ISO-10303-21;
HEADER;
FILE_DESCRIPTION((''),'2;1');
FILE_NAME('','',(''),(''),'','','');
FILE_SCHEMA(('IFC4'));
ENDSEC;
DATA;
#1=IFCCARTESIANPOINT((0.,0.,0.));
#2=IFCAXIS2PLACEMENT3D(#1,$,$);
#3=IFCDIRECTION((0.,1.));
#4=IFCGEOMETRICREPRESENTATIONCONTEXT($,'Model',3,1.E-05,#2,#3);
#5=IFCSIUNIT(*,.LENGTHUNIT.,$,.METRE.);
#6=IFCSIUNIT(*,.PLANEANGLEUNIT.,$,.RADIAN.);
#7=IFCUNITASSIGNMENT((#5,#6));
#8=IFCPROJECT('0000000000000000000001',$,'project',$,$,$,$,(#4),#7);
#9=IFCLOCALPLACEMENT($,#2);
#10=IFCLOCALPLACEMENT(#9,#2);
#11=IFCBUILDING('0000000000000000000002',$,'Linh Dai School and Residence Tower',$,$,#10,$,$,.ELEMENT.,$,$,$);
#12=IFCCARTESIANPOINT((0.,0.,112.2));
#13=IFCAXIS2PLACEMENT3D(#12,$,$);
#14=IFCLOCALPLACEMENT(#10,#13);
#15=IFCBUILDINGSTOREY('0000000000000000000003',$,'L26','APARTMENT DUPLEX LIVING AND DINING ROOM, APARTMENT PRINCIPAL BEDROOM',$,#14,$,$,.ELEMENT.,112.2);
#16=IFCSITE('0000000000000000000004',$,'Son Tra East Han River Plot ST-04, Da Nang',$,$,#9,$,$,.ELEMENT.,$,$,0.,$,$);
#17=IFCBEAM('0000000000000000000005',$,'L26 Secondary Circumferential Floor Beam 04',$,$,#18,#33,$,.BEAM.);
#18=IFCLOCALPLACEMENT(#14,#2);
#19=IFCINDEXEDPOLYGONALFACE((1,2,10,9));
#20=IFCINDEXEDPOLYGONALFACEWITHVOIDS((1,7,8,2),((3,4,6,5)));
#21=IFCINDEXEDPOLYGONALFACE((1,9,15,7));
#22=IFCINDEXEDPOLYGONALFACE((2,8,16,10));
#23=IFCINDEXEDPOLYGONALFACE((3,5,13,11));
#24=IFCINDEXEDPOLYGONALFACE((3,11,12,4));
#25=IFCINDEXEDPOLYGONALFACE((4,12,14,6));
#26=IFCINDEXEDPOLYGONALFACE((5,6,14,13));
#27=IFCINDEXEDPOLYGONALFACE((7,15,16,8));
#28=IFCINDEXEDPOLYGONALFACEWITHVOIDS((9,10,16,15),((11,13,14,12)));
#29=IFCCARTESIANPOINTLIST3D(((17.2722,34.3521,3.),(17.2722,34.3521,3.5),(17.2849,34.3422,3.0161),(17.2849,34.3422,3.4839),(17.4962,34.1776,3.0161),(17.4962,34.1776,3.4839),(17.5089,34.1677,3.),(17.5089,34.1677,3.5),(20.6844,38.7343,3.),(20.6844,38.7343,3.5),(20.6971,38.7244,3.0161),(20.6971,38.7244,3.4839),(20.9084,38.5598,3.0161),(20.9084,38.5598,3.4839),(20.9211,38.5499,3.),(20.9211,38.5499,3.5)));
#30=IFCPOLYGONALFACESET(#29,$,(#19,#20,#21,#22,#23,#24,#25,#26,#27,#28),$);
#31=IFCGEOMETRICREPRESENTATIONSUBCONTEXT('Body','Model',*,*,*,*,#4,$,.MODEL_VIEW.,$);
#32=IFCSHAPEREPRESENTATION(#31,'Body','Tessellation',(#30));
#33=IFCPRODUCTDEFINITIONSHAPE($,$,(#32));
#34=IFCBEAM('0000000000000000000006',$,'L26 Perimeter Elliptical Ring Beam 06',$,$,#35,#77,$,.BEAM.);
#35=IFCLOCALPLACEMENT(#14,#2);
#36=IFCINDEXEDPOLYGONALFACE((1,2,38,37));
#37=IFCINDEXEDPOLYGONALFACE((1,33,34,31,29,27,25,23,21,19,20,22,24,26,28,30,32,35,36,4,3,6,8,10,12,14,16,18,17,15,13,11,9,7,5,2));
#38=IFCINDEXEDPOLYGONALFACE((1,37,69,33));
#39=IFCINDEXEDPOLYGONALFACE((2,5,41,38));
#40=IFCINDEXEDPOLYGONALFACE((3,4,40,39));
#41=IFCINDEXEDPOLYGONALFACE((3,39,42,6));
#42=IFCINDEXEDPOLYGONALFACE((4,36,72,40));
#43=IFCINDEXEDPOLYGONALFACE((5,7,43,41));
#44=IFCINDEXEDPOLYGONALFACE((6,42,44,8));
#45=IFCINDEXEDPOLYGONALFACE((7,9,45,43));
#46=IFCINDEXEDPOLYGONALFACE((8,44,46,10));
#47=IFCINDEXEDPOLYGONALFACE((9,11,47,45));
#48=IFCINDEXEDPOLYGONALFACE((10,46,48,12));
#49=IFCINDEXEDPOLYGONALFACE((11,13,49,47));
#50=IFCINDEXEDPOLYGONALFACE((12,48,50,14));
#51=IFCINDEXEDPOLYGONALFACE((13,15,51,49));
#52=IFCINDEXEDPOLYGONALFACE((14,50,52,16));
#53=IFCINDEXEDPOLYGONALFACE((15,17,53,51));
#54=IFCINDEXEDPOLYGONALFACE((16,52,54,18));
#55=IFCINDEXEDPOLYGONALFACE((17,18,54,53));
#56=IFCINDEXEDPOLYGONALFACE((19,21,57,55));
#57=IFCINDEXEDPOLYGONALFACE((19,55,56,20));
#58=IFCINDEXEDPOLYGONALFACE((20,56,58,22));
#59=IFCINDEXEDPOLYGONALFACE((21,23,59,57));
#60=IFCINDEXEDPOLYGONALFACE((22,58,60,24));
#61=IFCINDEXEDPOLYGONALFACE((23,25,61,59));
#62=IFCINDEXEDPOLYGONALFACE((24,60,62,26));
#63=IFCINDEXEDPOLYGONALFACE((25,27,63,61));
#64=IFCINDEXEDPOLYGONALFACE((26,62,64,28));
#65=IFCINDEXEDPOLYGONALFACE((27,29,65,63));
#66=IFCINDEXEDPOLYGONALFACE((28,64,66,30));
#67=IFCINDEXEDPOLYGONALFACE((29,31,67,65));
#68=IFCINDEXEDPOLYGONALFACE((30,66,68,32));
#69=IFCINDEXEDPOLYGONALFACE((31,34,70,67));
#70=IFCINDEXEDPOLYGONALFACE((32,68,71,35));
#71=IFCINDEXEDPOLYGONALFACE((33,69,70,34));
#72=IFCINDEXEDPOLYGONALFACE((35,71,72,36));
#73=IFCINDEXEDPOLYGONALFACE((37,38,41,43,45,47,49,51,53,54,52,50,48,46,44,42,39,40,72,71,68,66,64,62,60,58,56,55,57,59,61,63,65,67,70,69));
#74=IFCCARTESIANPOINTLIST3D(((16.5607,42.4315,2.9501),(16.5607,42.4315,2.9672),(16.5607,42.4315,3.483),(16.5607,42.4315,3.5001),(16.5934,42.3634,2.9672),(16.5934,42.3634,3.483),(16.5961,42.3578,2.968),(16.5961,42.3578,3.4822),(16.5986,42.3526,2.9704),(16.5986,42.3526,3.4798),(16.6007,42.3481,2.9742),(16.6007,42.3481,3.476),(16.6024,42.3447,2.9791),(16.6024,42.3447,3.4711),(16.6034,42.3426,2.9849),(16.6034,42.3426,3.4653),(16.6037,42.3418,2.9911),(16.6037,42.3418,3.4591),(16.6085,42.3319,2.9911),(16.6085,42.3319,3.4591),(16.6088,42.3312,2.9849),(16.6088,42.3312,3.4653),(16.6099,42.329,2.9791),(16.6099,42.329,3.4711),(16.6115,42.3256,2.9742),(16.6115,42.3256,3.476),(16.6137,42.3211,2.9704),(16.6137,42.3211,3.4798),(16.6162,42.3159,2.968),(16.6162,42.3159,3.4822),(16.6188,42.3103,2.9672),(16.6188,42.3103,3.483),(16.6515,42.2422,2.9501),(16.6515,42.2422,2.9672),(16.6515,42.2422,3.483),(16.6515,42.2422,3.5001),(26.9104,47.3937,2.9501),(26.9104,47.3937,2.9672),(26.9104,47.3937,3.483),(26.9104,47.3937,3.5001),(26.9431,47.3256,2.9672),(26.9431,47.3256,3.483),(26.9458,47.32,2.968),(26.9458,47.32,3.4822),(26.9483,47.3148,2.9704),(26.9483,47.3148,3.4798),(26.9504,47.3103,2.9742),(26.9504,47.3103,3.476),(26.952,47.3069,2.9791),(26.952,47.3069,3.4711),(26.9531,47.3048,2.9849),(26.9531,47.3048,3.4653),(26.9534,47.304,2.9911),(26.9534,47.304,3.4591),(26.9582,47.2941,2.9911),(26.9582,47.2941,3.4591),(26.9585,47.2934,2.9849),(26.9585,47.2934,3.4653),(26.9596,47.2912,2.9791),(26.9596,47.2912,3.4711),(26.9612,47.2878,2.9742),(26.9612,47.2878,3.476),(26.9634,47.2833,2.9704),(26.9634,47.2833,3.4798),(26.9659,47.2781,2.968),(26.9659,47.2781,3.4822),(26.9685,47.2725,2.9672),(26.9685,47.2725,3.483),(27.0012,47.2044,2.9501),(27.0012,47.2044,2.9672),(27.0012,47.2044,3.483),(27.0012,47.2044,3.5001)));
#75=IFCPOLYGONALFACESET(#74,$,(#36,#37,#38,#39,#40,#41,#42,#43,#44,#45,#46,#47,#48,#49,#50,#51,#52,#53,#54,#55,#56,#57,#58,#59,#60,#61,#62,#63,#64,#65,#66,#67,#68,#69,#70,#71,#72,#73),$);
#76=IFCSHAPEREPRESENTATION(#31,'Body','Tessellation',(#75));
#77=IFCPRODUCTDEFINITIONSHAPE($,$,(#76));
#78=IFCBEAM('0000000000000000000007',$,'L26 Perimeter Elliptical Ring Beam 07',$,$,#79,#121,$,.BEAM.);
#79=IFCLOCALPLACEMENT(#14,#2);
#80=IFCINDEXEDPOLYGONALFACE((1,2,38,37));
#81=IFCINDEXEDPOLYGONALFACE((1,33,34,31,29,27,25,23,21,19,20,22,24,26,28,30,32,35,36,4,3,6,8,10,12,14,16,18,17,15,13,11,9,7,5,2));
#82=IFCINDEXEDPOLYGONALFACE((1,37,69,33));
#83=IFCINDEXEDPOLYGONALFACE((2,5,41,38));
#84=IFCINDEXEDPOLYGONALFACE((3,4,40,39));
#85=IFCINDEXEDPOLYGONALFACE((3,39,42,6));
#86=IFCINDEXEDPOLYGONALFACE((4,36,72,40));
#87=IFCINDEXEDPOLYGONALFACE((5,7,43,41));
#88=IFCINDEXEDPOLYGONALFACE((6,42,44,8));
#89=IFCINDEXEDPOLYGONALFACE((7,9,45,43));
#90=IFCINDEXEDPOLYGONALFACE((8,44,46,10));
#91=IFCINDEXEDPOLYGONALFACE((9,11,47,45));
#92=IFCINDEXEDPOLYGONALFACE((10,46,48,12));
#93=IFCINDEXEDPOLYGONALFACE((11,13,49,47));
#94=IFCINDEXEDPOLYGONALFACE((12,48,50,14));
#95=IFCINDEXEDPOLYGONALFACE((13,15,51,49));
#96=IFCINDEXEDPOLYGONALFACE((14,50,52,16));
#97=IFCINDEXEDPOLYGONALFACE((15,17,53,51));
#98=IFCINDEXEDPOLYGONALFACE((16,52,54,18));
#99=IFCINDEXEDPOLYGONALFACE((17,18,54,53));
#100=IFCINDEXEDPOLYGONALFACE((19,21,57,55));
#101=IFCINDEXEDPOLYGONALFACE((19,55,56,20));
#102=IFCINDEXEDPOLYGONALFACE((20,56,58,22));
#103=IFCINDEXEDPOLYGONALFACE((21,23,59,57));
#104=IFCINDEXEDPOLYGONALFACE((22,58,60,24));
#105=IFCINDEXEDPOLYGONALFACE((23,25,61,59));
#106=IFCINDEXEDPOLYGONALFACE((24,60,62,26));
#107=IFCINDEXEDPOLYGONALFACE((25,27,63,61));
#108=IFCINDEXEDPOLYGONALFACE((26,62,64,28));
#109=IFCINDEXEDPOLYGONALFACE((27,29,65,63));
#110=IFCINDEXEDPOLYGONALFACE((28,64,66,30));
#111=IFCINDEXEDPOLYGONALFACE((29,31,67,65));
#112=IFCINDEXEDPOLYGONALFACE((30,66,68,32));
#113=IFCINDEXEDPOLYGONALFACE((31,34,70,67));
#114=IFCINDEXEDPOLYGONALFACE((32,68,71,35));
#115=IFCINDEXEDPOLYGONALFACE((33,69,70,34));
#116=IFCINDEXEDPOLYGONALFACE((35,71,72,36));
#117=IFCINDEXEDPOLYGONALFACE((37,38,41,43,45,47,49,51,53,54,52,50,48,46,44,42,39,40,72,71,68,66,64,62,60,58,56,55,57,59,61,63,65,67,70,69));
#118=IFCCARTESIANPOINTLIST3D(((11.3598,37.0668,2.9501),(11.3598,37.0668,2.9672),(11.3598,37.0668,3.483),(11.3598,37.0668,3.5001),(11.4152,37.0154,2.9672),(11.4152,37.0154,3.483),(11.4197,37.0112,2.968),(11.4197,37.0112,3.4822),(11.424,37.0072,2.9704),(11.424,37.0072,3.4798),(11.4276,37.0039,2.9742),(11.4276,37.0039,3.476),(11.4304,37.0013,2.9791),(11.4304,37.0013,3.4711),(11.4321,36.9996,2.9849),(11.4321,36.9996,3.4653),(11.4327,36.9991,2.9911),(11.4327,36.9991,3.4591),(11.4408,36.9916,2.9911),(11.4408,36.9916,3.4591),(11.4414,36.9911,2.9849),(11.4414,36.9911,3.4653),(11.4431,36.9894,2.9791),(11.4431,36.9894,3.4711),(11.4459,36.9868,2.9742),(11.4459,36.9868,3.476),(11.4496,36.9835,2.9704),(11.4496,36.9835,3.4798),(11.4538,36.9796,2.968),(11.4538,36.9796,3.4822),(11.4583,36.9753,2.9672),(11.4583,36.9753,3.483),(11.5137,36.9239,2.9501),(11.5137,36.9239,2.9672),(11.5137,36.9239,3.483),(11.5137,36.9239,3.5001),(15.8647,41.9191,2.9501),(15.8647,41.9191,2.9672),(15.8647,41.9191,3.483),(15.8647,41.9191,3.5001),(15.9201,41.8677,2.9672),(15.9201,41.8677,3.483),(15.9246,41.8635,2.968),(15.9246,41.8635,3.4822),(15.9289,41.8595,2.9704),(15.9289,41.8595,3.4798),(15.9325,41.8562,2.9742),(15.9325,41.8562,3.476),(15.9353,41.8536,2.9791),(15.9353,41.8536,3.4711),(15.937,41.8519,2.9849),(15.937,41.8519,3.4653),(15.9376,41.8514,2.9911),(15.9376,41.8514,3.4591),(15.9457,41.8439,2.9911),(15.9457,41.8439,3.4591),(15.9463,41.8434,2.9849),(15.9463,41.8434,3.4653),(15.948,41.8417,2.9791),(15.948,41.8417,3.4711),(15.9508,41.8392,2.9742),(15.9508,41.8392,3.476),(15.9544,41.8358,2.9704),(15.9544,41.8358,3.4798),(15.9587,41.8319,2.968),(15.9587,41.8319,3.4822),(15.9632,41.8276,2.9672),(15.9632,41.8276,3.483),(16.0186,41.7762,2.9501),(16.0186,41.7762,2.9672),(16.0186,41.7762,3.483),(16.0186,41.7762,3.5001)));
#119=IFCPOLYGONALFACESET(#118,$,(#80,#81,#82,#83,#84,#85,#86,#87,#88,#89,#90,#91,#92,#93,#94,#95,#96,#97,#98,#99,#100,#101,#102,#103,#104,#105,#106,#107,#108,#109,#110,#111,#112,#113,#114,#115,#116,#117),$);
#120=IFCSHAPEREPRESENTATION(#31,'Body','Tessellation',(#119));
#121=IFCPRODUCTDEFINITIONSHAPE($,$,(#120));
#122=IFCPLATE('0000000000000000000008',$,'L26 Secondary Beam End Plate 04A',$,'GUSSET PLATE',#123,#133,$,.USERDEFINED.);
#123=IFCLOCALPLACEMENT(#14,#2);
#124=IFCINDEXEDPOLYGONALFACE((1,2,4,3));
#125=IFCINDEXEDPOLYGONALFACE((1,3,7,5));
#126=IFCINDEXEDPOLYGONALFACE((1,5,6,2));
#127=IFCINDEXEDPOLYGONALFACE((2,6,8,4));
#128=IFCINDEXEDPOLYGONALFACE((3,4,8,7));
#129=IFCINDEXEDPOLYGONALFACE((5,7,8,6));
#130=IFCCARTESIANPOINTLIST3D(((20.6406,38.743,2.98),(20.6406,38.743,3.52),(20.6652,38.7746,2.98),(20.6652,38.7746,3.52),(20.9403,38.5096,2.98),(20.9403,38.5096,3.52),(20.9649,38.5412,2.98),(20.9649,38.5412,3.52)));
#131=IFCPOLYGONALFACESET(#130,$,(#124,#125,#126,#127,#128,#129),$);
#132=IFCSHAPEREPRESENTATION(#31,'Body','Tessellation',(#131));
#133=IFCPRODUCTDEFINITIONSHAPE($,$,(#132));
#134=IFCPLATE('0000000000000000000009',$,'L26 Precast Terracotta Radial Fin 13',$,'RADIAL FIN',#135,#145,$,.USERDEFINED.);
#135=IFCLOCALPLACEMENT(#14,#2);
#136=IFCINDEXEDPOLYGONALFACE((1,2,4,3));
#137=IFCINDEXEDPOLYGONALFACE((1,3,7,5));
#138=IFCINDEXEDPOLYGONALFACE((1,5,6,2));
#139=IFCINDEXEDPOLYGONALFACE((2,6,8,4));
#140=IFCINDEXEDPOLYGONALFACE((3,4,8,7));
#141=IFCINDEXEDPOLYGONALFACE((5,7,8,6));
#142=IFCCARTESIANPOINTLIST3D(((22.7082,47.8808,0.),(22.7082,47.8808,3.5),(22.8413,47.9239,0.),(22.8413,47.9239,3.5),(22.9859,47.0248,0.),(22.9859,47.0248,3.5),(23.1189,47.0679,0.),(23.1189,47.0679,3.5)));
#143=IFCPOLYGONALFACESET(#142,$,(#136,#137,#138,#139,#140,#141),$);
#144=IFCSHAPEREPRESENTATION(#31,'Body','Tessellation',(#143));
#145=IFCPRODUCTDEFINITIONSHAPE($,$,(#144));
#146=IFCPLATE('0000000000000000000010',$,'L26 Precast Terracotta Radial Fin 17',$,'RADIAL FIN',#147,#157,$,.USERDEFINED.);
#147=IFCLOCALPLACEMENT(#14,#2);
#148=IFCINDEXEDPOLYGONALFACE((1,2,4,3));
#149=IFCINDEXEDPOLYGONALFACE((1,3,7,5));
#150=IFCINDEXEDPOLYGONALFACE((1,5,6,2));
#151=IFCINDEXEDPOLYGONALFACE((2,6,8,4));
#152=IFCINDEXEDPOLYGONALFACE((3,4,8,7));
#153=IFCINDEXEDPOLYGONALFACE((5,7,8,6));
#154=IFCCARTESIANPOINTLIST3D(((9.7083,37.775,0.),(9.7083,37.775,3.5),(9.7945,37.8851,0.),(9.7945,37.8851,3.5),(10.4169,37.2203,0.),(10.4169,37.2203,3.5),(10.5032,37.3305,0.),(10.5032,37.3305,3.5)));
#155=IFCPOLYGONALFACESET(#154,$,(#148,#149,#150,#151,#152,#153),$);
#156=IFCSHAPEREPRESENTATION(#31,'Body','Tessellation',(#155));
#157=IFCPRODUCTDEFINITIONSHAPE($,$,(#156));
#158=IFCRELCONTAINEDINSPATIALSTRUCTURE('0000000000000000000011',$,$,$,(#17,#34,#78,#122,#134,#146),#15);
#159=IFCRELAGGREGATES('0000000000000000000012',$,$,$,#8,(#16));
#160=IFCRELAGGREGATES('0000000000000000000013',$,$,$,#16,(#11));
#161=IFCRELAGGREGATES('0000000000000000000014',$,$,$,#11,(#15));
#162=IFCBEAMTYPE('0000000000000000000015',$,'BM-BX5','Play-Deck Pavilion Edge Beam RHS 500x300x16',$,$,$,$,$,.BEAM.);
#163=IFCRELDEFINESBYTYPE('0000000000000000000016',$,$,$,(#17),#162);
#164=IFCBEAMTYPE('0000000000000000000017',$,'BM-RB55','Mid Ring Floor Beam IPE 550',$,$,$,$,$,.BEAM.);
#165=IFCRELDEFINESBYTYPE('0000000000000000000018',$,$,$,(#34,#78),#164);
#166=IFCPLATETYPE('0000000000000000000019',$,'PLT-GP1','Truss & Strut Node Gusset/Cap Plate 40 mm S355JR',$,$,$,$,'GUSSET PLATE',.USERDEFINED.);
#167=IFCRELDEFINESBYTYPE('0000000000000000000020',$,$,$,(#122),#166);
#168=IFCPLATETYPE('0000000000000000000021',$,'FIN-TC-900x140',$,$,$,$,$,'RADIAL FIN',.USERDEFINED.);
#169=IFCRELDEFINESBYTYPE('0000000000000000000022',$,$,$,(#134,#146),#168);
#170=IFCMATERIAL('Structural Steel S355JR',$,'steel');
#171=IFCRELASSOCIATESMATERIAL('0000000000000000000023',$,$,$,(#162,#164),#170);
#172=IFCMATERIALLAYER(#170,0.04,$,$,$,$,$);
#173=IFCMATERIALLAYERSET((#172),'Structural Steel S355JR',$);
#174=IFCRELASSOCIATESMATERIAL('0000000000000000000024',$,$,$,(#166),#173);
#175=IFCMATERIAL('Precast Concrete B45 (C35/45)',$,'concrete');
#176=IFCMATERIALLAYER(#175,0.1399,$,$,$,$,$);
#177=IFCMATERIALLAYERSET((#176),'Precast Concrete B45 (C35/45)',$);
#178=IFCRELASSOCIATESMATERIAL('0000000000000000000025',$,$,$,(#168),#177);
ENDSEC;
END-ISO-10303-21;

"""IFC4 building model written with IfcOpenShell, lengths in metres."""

from ifc_helpers import new_model, si_unit, direction, frame, origin, origin_2d, place, context, subcontext, project, spatial, rectangle, hollow_rectangle, i_section, extrude, source, transform, mapped, material, layer, layer_set, material_profile, profile_set, type_object, element, save


model = new_model("IFC4")

# Units and contexts
model_context = context("Model", 3, precision=1e-05, world=origin(), true_north=direction((0.0, 1.0)))
body_context = subcontext(model_context, "Body", "Model", "MODEL_VIEW")
ifc_project = project(units=[si_unit("LENGTHUNIT", "METRE"), si_unit("PLANEANGLEUNIT", "RADIAN")], contexts=[model_context])

# Site, building, storey
site_placement = place(None, origin())
site = spatial("IfcSite", under=ifc_project, at=site_placement, Name="Son Tra East Han River Plot ST-04, Da Nang", CompositionType="ELEMENT", RefElevation=0.0)
building_placement = place(site_placement, origin())
building = spatial("IfcBuilding", under=site, at=building_placement, Name="Linh Dai School and Residence Tower", CompositionType="ELEMENT")
storey_placement = place(building_placement, frame((0.0, 0.0, 112.2)))
storey = spatial("IfcBuildingStorey", under=building, at=storey_placement, Name="L26", Description="APARTMENT DUPLEX LIVING AND DINING ROOM, APARTMENT PRINCIPAL BEDROOM", CompositionType="ELEMENT", Elevation=112.2)

# Shared definitions
ifc_material_1 = material(Name="Structural Steel S355JR", Category="steel")

# Beams
ifc_material_profile_1 = material_profile(ifc_material_1, hollow_rectangle(XDim=0.3, YDim=0.5, WallThickness=0.0161, at=origin_2d()), Name="RHS 500x300x16")
ifc_profile_set_1 = profile_set([ifc_material_profile_1], Name="Structural Steel S355JR")
beam_type_1 = type_object("IfcBeamType", Name="BM-BX5", Description="Play-Deck Pavilion Edge Beam RHS 500x300x16", PredefinedType="BEAM", material=ifc_profile_set_1)
beam_1_placement = place(storey_placement, frame((20.8027, 38.6421, 3.25), z_axis=(-0.61437, -0.789018, 0.0), x_axis=(0.789018, -0.61437, 0.0)))
element("IfcBeam", 1, at=beam_1_placement, inside=storey, type_object=beam_type_1, Name="L26 Secondary Circumferential Floor Beam 04", PredefinedType="BEAM", context=body_context, shape_type="SweptSolid", body=[
    extrude(hollow_rectangle(XDim=0.3, YDim=0.5, WallThickness=0.0161, at=origin_2d()), origin(), (0.0, 0.0, 1.0), 5.554),
])
ifc_material_profile_2 = material_profile(ifc_material_1, i_section(OverallWidth=0.21, OverallDepth=0.55, WebThickness=0.011, FlangeThickness=0.0171, FilletRadius=0.0239, at=origin_2d()), Name="IPE 550")
ifc_profile_set_2 = profile_set([ifc_material_profile_2], Name="Structural Steel S355JR")
beam_type_2 = type_object("IfcBeamType", Name="BM-RB55", Description="Mid Ring Floor Beam IPE 550", PredefinedType="BEAM", material=ifc_profile_set_2)
beam_2_placement = place(storey_placement, frame((26.9558, 47.2991, 3.2251), z_axis=(-0.901715, -0.432331, 0.0), x_axis=(0.432331, -0.901715, 0.0)))
element("IfcBeam", 2, at=beam_2_placement, inside=storey, type_object=beam_type_2, Name="L26 Perimeter Elliptical Ring Beam 06", PredefinedType="BEAM", context=body_context, shape_type="SweptSolid", body=[
    extrude(i_section(OverallWidth=0.21, OverallDepth=0.55, WebThickness=0.011, FlangeThickness=0.0171, FilletRadius=0.0239, at=origin_2d()), origin(), (0.0, 0.0, 1.0), 11.4778),
])
beam_3_placement = place(storey_placement, frame((15.9417, 41.8477, 3.2251), z_axis=(-0.680385, -0.732855, 0.0), x_axis=(0.732855, -0.680385, 0.0)))
element("IfcBeam", 3, at=beam_3_placement, inside=storey, type_object=beam_type_2, Name="L26 Perimeter Elliptical Ring Beam 07", PredefinedType="BEAM", context=body_context, shape_type="SweptSolid", body=[
    extrude(i_section(OverallWidth=0.21, OverallDepth=0.55, WebThickness=0.011, FlangeThickness=0.0171, FilletRadius=0.0239, at=origin_2d()), origin(), (0.0, 0.0, 1.0), 6.6211),
])

# Plates
ifc_layer_1 = layer(ifc_material_1, 0.04)
ifc_layer_set_1 = layer_set([ifc_layer_1], Name="Structural Steel S355JR")
plate_type_1 = type_object("IfcPlateType", Name="PLT-GP1", Description="Truss & Strut Node Gusset/Cap Plate 40 mm S355JR", ElementType="GUSSET PLATE", PredefinedType="USERDEFINED", material=ifc_layer_set_1)
shared_shape_1 = source(origin(), body_context, "Body", "SweptSolid", [
    extrude(rectangle(XDim=0.04, YDim=0.3799, at=origin_2d()), origin(), (0.0, 0.0, 1.0), 0.54),
])
plate_placement = place(storey_placement, frame((20.8027, 38.6421, 2.98), z_axis=(0.0, 0.0, 1.0), x_axis=(-0.614363, -0.789024, 0.0)))
element("IfcPlate", 4, at=plate_placement, inside=storey, type_object=plate_type_1, Name="L26 Secondary Beam End Plate 04A", ObjectType="GUSSET PLATE", PredefinedType="USERDEFINED", context=body_context, shape_type="MappedRepresentation", body=[
    mapped(shared_shape_1, transform((0.0, 0.0, 0.0), x_axis=(1.0, 0.0, 0.0), y_axis=(0.0, 1.0, 0.0), z_axis=(0.0, 0.0, 1.0), scale=1.0)),
])
ifc_material_2 = material(Name="Precast Concrete B45 (C35/45)", Category="concrete")
ifc_layer_2 = layer(ifc_material_2, 0.1399)
ifc_layer_set_2 = layer_set([ifc_layer_2], Name="Precast Concrete B45 (C35/45)")
plate_type_2 = type_object("IfcPlateType", Name="FIN-TC-900x140", ElementType="RADIAL FIN", PredefinedType="USERDEFINED", material=ifc_layer_set_2)
shared_shape_2 = source(origin(), body_context, "Body", "SweptSolid", [
    extrude(rectangle(XDim=0.8999, YDim=0.1399, at=origin_2d()), origin(), (0.0, 0.0, 1.0), 3.5),
])
for number, where, z_axis, x_axis, name in (
    (5, (22.9136, 47.4744, 0.0), (0.0, 0.0, 1.0), (-0.308522, 0.951217, 0.0), "L26 Precast Terracotta Radial Fin 13"),
    (6, (10.1057, 37.5527, 0.0), (0.0, 0.0, 1.0), (-0.787508, 0.616305, 0.0), "L26 Precast Terracotta Radial Fin 17"),
):
    element("IfcPlate", number, at=place(storey_placement, frame(where, z_axis=z_axis, x_axis=x_axis)), inside=storey, type_object=plate_type_2, Name=name, ObjectType="RADIAL FIN", PredefinedType="USERDEFINED", context=body_context, shape_type="MappedRepresentation", body=[
        mapped(shared_shape_2, transform((0.0, 0.0, 0.0), x_axis=(1.0, 0.0, 0.0), y_axis=(0.0, 1.0, 0.0), z_axis=(0.0, 0.0, 1.0), scale=1.0)),
    ])

save(model, "model.ifc")
